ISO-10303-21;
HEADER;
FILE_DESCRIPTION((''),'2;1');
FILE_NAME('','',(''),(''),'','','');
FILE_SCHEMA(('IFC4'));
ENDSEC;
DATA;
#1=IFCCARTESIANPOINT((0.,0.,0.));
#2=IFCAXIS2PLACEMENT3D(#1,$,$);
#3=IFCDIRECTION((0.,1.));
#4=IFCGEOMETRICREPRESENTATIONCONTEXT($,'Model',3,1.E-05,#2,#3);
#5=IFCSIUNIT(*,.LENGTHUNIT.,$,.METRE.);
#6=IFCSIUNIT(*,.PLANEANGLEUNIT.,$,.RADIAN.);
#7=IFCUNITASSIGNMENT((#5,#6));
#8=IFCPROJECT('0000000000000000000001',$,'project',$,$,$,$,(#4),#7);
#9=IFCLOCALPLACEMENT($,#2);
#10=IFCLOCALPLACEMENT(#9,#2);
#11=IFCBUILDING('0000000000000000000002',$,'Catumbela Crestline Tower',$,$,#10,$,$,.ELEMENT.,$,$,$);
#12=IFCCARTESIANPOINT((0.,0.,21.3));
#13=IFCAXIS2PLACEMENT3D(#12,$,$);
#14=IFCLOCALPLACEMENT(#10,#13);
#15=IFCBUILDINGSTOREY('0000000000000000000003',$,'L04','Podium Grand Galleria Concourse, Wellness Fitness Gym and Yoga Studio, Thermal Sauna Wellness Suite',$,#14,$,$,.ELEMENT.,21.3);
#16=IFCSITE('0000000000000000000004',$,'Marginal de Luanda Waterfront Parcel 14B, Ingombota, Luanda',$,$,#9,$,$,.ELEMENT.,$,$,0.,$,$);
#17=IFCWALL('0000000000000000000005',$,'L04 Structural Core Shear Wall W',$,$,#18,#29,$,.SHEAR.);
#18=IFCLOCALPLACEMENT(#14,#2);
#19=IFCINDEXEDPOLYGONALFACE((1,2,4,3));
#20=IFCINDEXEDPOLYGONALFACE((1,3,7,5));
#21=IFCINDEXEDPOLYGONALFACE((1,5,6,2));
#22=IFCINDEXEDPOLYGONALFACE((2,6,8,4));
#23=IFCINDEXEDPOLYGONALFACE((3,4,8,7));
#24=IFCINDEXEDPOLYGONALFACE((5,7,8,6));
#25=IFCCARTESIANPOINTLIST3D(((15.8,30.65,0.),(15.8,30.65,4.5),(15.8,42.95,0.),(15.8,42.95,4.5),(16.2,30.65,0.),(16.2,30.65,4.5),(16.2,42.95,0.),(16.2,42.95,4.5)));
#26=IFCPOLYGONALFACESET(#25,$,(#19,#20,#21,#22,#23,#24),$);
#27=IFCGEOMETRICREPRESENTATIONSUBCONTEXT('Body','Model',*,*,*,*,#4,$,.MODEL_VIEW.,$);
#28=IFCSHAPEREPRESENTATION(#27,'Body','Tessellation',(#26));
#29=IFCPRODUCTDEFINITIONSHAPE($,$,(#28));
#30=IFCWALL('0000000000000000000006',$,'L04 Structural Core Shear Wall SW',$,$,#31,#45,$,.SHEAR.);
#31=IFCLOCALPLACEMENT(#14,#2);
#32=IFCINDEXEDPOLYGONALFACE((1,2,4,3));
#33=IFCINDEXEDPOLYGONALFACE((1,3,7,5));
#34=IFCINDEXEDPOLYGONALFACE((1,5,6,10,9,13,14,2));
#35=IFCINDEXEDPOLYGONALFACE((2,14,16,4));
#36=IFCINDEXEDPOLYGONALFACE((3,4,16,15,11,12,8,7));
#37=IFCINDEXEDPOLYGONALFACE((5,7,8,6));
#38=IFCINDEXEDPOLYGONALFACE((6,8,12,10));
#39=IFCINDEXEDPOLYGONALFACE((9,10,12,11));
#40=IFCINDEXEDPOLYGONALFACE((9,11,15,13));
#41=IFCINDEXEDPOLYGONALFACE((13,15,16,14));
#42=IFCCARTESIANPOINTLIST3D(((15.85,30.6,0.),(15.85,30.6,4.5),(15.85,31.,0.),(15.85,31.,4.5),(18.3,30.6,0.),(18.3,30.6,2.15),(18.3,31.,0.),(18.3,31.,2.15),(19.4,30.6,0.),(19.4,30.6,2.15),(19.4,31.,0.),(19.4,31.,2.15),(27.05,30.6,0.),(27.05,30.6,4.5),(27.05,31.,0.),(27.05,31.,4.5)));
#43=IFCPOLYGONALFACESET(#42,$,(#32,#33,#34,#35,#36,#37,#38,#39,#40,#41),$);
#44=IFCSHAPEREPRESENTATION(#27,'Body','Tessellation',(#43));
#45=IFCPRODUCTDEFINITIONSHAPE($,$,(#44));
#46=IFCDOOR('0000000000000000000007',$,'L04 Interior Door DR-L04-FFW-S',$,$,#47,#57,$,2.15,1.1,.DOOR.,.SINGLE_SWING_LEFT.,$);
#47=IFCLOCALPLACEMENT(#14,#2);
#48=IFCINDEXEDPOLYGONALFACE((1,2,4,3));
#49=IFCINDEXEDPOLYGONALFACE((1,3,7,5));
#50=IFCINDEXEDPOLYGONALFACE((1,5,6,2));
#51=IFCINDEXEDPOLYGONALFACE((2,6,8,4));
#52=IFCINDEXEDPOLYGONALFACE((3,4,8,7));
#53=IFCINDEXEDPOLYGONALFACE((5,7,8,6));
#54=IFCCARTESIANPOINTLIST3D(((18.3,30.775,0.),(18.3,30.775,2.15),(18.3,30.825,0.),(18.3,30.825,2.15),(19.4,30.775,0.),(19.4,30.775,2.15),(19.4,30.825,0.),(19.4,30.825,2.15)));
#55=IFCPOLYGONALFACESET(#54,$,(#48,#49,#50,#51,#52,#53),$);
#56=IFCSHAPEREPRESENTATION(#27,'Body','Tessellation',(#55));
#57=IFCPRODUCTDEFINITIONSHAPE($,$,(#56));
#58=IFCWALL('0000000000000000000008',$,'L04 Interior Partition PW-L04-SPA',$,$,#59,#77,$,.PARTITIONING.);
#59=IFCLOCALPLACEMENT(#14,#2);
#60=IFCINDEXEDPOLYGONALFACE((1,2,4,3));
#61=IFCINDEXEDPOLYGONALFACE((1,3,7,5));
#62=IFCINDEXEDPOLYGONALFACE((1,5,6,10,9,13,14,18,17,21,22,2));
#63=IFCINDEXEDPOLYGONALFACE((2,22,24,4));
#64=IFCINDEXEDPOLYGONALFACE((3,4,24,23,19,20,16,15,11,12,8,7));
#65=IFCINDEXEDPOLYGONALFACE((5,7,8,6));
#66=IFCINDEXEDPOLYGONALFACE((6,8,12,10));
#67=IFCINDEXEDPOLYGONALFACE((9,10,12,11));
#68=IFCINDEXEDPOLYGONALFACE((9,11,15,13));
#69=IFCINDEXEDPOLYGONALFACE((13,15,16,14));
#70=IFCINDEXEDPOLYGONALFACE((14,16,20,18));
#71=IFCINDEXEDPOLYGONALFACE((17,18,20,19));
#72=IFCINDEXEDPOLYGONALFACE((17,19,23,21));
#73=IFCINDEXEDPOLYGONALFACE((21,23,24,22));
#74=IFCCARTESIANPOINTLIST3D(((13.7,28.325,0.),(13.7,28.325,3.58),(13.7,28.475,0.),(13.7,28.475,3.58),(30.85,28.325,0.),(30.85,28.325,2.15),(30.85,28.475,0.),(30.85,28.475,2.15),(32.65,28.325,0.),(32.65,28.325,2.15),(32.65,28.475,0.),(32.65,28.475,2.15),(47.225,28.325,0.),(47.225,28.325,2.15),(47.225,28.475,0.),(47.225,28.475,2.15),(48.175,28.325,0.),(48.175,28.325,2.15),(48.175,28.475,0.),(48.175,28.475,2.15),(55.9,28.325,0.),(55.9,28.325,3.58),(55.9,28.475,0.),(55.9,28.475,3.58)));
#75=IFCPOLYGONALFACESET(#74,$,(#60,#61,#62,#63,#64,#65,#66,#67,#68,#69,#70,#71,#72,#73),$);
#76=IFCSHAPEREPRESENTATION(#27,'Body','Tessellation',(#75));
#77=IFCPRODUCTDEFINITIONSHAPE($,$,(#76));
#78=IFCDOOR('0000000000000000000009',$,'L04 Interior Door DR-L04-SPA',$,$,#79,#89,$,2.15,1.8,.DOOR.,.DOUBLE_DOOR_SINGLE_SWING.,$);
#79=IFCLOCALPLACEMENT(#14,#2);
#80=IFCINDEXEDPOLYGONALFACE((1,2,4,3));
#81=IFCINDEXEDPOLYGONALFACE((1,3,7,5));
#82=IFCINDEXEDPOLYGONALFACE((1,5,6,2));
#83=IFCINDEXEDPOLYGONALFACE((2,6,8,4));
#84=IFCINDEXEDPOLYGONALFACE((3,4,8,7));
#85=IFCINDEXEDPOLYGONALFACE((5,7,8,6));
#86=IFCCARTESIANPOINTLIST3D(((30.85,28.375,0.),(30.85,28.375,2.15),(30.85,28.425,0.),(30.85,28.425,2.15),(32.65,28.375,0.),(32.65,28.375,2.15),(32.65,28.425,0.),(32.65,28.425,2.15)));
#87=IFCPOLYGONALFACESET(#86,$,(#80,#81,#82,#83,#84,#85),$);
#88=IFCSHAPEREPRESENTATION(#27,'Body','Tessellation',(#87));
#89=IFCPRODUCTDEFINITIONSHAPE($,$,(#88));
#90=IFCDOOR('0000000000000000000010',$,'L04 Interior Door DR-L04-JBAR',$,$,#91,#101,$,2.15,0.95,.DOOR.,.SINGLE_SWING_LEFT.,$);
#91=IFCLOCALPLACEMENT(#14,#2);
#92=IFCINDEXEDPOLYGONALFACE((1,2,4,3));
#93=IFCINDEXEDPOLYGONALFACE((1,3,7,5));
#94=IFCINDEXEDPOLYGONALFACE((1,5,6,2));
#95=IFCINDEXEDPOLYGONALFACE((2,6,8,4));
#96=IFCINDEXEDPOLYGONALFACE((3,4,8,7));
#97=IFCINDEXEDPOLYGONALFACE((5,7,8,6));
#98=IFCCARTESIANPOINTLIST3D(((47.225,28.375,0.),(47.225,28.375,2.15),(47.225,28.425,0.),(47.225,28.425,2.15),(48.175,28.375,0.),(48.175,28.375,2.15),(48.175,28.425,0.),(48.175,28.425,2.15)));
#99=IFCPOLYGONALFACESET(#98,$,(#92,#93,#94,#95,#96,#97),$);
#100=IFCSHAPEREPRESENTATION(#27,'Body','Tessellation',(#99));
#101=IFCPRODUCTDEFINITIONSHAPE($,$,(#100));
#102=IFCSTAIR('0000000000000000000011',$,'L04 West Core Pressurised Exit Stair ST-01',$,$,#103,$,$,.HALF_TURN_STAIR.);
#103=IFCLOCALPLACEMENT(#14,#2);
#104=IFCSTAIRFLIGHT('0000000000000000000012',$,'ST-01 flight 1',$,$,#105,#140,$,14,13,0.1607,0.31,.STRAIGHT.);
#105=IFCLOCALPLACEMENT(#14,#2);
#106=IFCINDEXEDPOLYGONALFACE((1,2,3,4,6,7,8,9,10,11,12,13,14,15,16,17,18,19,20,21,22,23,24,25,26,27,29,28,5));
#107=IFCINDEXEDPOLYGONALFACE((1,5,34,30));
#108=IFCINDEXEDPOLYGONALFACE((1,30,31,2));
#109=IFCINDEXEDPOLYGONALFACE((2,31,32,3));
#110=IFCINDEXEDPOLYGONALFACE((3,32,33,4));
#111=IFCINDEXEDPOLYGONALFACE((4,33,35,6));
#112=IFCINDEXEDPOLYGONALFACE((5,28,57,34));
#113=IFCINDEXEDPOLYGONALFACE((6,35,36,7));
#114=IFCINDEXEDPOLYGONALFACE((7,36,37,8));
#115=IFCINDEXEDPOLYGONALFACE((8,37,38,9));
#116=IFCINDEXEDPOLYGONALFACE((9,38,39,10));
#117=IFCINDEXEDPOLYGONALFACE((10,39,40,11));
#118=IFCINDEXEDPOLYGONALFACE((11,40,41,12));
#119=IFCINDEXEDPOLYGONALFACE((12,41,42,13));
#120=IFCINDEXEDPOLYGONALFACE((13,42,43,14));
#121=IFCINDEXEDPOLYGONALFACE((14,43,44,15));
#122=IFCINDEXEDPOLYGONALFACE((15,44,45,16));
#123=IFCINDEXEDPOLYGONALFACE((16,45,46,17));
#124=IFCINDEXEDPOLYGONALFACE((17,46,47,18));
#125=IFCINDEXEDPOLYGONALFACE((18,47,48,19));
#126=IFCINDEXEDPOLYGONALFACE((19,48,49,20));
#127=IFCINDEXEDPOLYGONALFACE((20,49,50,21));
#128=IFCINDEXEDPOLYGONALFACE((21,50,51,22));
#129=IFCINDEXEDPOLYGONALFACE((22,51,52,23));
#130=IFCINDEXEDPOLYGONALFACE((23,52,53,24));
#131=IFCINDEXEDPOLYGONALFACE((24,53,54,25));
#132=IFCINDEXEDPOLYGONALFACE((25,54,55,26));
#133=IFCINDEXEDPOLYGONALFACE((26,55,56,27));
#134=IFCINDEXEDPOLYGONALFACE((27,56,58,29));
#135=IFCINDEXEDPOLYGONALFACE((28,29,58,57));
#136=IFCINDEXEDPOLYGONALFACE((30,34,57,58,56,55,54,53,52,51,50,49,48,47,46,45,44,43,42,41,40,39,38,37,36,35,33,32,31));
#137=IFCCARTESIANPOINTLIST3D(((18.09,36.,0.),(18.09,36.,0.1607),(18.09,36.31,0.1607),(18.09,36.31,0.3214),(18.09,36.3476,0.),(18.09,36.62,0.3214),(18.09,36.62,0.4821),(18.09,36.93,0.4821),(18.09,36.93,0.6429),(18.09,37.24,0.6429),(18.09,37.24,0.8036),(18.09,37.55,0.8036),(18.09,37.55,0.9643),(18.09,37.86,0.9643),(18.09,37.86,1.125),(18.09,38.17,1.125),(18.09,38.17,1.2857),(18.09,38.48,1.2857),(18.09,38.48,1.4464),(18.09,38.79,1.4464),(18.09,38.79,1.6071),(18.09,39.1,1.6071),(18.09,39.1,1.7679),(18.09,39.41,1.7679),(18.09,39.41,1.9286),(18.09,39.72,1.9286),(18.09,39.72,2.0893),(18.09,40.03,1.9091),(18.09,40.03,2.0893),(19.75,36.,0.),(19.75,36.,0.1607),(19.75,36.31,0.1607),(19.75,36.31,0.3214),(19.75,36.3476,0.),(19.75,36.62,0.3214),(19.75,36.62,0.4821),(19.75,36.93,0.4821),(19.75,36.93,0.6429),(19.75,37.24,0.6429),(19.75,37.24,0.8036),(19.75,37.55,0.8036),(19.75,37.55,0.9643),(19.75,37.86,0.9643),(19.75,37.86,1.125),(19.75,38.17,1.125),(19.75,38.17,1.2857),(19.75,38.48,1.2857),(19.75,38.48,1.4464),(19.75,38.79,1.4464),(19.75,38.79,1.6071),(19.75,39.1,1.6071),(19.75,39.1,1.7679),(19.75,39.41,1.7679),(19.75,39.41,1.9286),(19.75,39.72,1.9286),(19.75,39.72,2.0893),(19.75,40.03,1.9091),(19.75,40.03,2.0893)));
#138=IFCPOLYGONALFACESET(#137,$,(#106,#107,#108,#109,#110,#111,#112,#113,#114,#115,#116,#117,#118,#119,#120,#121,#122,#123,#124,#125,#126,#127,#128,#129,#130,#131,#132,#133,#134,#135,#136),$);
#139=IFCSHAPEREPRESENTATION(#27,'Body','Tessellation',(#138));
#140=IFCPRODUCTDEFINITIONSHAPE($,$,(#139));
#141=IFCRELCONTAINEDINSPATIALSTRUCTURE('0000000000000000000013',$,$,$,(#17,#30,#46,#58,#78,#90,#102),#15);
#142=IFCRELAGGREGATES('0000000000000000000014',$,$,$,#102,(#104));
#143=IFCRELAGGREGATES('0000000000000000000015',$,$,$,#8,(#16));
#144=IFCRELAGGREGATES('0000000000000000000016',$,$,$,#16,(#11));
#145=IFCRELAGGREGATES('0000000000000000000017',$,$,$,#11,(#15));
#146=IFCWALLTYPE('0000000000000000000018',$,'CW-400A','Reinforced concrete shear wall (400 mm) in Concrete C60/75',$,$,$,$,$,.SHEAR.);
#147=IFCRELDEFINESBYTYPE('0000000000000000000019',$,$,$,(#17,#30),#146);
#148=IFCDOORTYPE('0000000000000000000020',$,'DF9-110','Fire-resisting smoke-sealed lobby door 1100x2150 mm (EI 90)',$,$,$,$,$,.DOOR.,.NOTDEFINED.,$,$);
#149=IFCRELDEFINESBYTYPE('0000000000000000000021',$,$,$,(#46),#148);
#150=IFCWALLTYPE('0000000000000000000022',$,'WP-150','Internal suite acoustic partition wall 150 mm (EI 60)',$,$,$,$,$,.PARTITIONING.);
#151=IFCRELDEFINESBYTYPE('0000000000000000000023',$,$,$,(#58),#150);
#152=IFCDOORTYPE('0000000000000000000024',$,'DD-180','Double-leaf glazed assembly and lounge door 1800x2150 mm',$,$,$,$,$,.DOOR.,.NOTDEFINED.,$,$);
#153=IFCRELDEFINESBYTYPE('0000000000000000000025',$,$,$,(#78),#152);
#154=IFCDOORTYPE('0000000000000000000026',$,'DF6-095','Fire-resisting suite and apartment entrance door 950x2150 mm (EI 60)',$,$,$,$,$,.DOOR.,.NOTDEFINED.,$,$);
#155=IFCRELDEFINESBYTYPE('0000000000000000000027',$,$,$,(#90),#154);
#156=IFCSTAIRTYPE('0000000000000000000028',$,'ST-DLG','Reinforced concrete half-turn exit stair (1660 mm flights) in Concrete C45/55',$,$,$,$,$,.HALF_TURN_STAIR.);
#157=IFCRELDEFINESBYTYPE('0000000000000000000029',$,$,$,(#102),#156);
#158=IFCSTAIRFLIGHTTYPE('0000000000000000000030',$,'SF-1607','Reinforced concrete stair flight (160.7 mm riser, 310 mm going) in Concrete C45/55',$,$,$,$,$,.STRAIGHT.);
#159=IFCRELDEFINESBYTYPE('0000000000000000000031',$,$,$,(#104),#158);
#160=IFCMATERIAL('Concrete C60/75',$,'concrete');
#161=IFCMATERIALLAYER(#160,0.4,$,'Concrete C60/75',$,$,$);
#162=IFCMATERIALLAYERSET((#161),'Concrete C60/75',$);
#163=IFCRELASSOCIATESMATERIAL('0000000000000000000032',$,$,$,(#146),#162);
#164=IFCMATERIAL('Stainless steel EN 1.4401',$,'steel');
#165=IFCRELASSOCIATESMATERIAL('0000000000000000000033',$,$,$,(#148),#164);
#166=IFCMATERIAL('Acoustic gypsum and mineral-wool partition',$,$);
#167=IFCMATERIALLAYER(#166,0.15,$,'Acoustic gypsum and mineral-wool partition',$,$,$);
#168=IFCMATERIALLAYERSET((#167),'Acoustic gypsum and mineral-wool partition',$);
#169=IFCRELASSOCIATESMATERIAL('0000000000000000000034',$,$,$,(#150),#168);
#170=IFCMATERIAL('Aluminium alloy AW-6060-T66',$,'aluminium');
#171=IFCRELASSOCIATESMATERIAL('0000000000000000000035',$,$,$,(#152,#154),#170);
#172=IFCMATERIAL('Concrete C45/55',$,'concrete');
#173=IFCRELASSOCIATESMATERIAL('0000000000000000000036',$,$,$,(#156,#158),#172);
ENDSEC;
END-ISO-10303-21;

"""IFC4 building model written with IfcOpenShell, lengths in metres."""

from ifc_helpers import new_model, si_unit, direction, frame, frame_2d, origin, place, context, subcontext, project, spatial, polyline, rectangle, outline, extrude, material, layer, layer_set, type_object, element, fill, aggregate, save


model = new_model("IFC4")

# Units and contexts
model_context = context("Model", 3, precision=1e-05, world=origin(), true_north=direction((0.0, 1.0)))
body_context = subcontext(model_context, "Body", "Model", "MODEL_VIEW")
ifc_project = project(units=[si_unit("LENGTHUNIT", "METRE"), si_unit("PLANEANGLEUNIT", "RADIAN")], contexts=[model_context])

# Site, building, storey
site_placement = place(None, origin())
site = spatial("IfcSite", under=ifc_project, at=site_placement, Name="Marginal de Luanda Waterfront Parcel 14B, Ingombota, Luanda", CompositionType="ELEMENT", RefElevation=0.0)
building_placement = place(site_placement, origin())
building = spatial("IfcBuilding", under=site, at=building_placement, Name="Catumbela Crestline Tower", CompositionType="ELEMENT")
storey_placement = place(building_placement, frame((0.0, 0.0, 21.3)))
storey = spatial("IfcBuildingStorey", under=building, at=storey_placement, Name="L04", Description="Podium Grand Galleria Concourse, Wellness Fitness Gym and Yoga Studio, Thermal Sauna Wellness Suite", CompositionType="ELEMENT", Elevation=21.3)

# Shared definitions
ifc_material_1 = material(Name="Concrete C60/75", Category="concrete")

# Shared definitions
ifc_material_2 = material(Name="Stainless steel EN 1.4401", Category="steel")

# Wall
ifc_layer_1 = layer(ifc_material_1, 0.4, Name="Concrete C60/75")
ifc_layer_set_1 = layer_set([ifc_layer_1], Name="Concrete C60/75")
wall_type_1 = type_object("IfcWallType", Name="CW-400A", Description="Reinforced concrete shear wall (400 mm) in Concrete C60/75", PredefinedType="SHEAR", material=ifc_layer_set_1)
wall_1_placement = place(storey_placement, frame((16.0, 30.65, 0.0), z_axis=(0.0, 0.0, 1.0), x_axis=(0.0, 1.0, 0.0)))
element("IfcWall", 1, at=wall_1_placement, inside=storey, type_object=wall_type_1, Name="L04 Structural Core Shear Wall W", PredefinedType="SHEAR", context=body_context, shape_type="SweptSolid", body=[
    extrude(rectangle(XDim=12.3, YDim=0.4, at=frame_2d((6.15, 0.0))), origin(), (0.0, 0.0, 1.0), 4.5),
])

# Wall, opening, door
wall_2_placement = place(storey_placement, frame((15.85, 30.8, 0.0), z_axis=(0.0, 0.0, 1.0), x_axis=(1.0, 0.0, 0.0)))
wall_2 = element("IfcWall", 2, at=wall_2_placement, inside=storey, type_object=wall_type_1, Name="L04 Structural Core Shear Wall SW", PredefinedType="SHEAR", context=body_context, shape_type="SweptSolid", body=[
    extrude(rectangle(XDim=11.2, YDim=0.4, at=frame_2d((5.6, 0.0))), origin(), (0.0, 0.0, 1.0), 4.5),
])
opening_1_placement = place(wall_2_placement, frame((2.45, 0.0, 0.0)))
opening_1 = element("IfcOpeningElement", 3, at=opening_1_placement, cuts=wall_2, PredefinedType="OPENING", context=body_context, shape_type="SweptSolid", body=[
    extrude(rectangle(XDim=1.1, YDim=2.15, at=frame_2d((0.55, 1.075))), frame((0.0, 0.21, 0.0), z_axis=(0.0, -1.0, 0.0), x_axis=(1.0, 0.0, 0.0)), (0.0, 0.0, 1.0), 0.42),
])
door_type_1 = type_object("IfcDoorType", Name="DF9-110", Description="Fire-resisting smoke-sealed lobby door 1100x2150 mm (EI 90)", OperationType="NOTDEFINED", PredefinedType="DOOR", material=ifc_material_2)
door_1_placement = place(opening_1_placement, origin())
door_1 = element("IfcDoor", 4, at=door_1_placement, inside=storey, type_object=door_type_1, Name="L04 Interior Door DR-L04-FFW-S", OperationType="SINGLE_SWING_LEFT", OverallHeight=2.15, OverallWidth=1.1, PredefinedType="DOOR", context=body_context, shape_type="SweptSolid", body=[
    extrude(rectangle(XDim=1.1, YDim=2.15, at=frame_2d((0.55, 1.075))), frame((0.0, 0.025, 0.0), z_axis=(0.0, -1.0, 0.0), x_axis=(1.0, 0.0, 0.0)), (0.0, 0.0, 1.0), 0.05),
])
fill(opening_1, door_1)

# Wall, openings, doors
ifc_material_3 = material(Name="Acoustic gypsum and mineral-wool partition")
ifc_layer_2 = layer(ifc_material_3, 0.15, Name="Acoustic gypsum and mineral-wool partition")
ifc_layer_set_2 = layer_set([ifc_layer_2], Name="Acoustic gypsum and mineral-wool partition")
wall_type_2 = type_object("IfcWallType", Name="WP-150", Description="Internal suite acoustic partition wall 150 mm (EI 60)", PredefinedType="PARTITIONING", material=ifc_layer_set_2)
wall_3_placement = place(storey_placement, frame((13.7, 28.4, 0.0), z_axis=(0.0, 0.0, 1.0), x_axis=(1.0, 0.0, 0.0)))
wall_3 = element("IfcWall", 5, at=wall_3_placement, inside=storey, type_object=wall_type_2, Name="L04 Interior Partition PW-L04-SPA", PredefinedType="PARTITIONING", context=body_context, shape_type="SweptSolid", body=[
    extrude(rectangle(XDim=42.2, YDim=0.15, at=frame_2d((21.1, 0.0))), origin(), (0.0, 0.0, 1.0), 3.58),
])
opening_2_placement = place(wall_3_placement, frame((17.15, 0.0, 0.0)))
opening_2 = element("IfcOpeningElement", 6, at=opening_2_placement, cuts=wall_3, PredefinedType="OPENING", context=body_context, shape_type="SweptSolid", body=[
    extrude(rectangle(XDim=1.8, YDim=2.15, at=frame_2d((0.9, 1.075))), frame((0.0, 0.085, 0.0), z_axis=(0.0, -1.0, 0.0), x_axis=(1.0, 0.0, 0.0)), (0.0, 0.0, 1.0), 0.17),
])
opening_3_placement = place(wall_3_placement, frame((33.525, 0.0, 0.0)))
opening_3 = element("IfcOpeningElement", 7, at=opening_3_placement, cuts=wall_3, PredefinedType="OPENING", context=body_context, shape_type="SweptSolid", body=[
    extrude(rectangle(XDim=0.95, YDim=2.15, at=frame_2d((0.475, 1.075))), frame((0.0, 0.085, 0.0), z_axis=(0.0, -1.0, 0.0), x_axis=(1.0, 0.0, 0.0)), (0.0, 0.0, 1.0), 0.17),
])
ifc_material_4 = material(Name="Aluminium alloy AW-6060-T66", Category="aluminium")
door_type_2 = type_object("IfcDoorType", Name="DD-180", Description="Double-leaf glazed assembly and lounge door 1800x2150 mm", OperationType="NOTDEFINED", PredefinedType="DOOR", material=ifc_material_4)
door_2_placement = place(opening_2_placement, origin())
door_2 = element("IfcDoor", 8, at=door_2_placement, inside=storey, type_object=door_type_2, Name="L04 Interior Door DR-L04-SPA", OperationType="DOUBLE_DOOR_SINGLE_SWING", OverallHeight=2.15, OverallWidth=1.8, PredefinedType="DOOR", context=body_context, shape_type="SweptSolid", body=[
    extrude(rectangle(XDim=1.8, YDim=2.15, at=frame_2d((0.9, 1.075))), frame((0.0, 0.025, 0.0), z_axis=(0.0, -1.0, 0.0), x_axis=(1.0, 0.0, 0.0)), (0.0, 0.0, 1.0), 0.05),
])
fill(opening_2, door_2)
door_type_3 = type_object("IfcDoorType", Name="DF6-095", Description="Fire-resisting suite and apartment entrance door 950x2150 mm (EI 60)", OperationType="NOTDEFINED", PredefinedType="DOOR", material=ifc_material_4)
door_3_placement = place(opening_3_placement, origin())
door_3 = element("IfcDoor", 9, at=door_3_placement, inside=storey, type_object=door_type_3, Name="L04 Interior Door DR-L04-JBAR", OperationType="SINGLE_SWING_LEFT", OverallHeight=2.15, OverallWidth=0.95, PredefinedType="DOOR", context=body_context, shape_type="SweptSolid", body=[
    extrude(rectangle(XDim=0.95, YDim=2.15, at=frame_2d((0.475, 1.075))), frame((0.0, 0.025, 0.0), z_axis=(0.0, -1.0, 0.0), x_axis=(1.0, 0.0, 0.0)), (0.0, 0.0, 1.0), 0.05),
])
fill(opening_3, door_3)

# Stair, stair flight
ifc_material_5 = material(Name="Concrete C45/55", Category="concrete")
stair_type = type_object("IfcStairType", Name="ST-DLG", Description="Reinforced concrete half-turn exit stair (1660 mm flights) in Concrete C45/55", PredefinedType="HALF_TURN_STAIR", material=ifc_material_5)
stair_placement = place(storey_placement, origin())
stair = element("IfcStair", 10, at=stair_placement, inside=storey, type_object=stair_type, Name="L04 West Core Pressurised Exit Stair ST-01", PredefinedType="HALF_TURN_STAIR")
stair_flight_type = type_object("IfcStairFlightType", Name="SF-1607", Description="Reinforced concrete stair flight (160.7 mm riser, 310 mm going) in Concrete C45/55", PredefinedType="STRAIGHT", material=ifc_material_5)
stair_flight_placement = place(storey_placement, frame((18.92, 36.0, 0.0), z_axis=(0.0, 0.0, 1.0), x_axis=(0.0, 1.0, 0.0)))
stair_flight = element("IfcStairFlight", 11, at=stair_flight_placement, type_object=stair_flight_type, Name="ST-01 flight 1", NumberOfRisers=14, NumberOfTreads=13, PredefinedType="STRAIGHT", RiserHeight=0.1607, TreadLength=0.31, context=body_context, shape_type="SweptSolid", body=[
    extrude(outline(polyline([(0.0, 0.0), (0.0, 0.1607), (0.31, 0.1607), (0.31, 0.3214), (0.62, 0.3214), (0.62, 0.4821), (0.93, 0.4821), (0.93, 0.6429), (1.24, 0.6429), (1.24, 0.8036), (1.55, 0.8036), (1.55, 0.9643), (1.86, 0.9643), (1.86, 1.125), (2.17, 1.125), (2.17, 1.2857), (2.48, 1.2857), (2.48, 1.4464), (2.79, 1.4464), (2.79, 1.6071), (3.1, 1.6071), (3.1, 1.7679), (3.41, 1.7679), (3.41, 1.9286), (3.72, 1.9286), (3.72, 2.0893), (4.03, 2.0893), (4.03, 2.25), (4.03, 1.9091), (0.3476, 0.0), (0.0, 0.0)])), frame((0.0, 0.83, 0.0), z_axis=(0.0, -1.0, 0.0), x_axis=(1.0, 0.0, 0.0)), (0.0, 0.0, 1.0), 1.66),
])
aggregate(stair, [stair_flight])

save(model, "model.ifc")
